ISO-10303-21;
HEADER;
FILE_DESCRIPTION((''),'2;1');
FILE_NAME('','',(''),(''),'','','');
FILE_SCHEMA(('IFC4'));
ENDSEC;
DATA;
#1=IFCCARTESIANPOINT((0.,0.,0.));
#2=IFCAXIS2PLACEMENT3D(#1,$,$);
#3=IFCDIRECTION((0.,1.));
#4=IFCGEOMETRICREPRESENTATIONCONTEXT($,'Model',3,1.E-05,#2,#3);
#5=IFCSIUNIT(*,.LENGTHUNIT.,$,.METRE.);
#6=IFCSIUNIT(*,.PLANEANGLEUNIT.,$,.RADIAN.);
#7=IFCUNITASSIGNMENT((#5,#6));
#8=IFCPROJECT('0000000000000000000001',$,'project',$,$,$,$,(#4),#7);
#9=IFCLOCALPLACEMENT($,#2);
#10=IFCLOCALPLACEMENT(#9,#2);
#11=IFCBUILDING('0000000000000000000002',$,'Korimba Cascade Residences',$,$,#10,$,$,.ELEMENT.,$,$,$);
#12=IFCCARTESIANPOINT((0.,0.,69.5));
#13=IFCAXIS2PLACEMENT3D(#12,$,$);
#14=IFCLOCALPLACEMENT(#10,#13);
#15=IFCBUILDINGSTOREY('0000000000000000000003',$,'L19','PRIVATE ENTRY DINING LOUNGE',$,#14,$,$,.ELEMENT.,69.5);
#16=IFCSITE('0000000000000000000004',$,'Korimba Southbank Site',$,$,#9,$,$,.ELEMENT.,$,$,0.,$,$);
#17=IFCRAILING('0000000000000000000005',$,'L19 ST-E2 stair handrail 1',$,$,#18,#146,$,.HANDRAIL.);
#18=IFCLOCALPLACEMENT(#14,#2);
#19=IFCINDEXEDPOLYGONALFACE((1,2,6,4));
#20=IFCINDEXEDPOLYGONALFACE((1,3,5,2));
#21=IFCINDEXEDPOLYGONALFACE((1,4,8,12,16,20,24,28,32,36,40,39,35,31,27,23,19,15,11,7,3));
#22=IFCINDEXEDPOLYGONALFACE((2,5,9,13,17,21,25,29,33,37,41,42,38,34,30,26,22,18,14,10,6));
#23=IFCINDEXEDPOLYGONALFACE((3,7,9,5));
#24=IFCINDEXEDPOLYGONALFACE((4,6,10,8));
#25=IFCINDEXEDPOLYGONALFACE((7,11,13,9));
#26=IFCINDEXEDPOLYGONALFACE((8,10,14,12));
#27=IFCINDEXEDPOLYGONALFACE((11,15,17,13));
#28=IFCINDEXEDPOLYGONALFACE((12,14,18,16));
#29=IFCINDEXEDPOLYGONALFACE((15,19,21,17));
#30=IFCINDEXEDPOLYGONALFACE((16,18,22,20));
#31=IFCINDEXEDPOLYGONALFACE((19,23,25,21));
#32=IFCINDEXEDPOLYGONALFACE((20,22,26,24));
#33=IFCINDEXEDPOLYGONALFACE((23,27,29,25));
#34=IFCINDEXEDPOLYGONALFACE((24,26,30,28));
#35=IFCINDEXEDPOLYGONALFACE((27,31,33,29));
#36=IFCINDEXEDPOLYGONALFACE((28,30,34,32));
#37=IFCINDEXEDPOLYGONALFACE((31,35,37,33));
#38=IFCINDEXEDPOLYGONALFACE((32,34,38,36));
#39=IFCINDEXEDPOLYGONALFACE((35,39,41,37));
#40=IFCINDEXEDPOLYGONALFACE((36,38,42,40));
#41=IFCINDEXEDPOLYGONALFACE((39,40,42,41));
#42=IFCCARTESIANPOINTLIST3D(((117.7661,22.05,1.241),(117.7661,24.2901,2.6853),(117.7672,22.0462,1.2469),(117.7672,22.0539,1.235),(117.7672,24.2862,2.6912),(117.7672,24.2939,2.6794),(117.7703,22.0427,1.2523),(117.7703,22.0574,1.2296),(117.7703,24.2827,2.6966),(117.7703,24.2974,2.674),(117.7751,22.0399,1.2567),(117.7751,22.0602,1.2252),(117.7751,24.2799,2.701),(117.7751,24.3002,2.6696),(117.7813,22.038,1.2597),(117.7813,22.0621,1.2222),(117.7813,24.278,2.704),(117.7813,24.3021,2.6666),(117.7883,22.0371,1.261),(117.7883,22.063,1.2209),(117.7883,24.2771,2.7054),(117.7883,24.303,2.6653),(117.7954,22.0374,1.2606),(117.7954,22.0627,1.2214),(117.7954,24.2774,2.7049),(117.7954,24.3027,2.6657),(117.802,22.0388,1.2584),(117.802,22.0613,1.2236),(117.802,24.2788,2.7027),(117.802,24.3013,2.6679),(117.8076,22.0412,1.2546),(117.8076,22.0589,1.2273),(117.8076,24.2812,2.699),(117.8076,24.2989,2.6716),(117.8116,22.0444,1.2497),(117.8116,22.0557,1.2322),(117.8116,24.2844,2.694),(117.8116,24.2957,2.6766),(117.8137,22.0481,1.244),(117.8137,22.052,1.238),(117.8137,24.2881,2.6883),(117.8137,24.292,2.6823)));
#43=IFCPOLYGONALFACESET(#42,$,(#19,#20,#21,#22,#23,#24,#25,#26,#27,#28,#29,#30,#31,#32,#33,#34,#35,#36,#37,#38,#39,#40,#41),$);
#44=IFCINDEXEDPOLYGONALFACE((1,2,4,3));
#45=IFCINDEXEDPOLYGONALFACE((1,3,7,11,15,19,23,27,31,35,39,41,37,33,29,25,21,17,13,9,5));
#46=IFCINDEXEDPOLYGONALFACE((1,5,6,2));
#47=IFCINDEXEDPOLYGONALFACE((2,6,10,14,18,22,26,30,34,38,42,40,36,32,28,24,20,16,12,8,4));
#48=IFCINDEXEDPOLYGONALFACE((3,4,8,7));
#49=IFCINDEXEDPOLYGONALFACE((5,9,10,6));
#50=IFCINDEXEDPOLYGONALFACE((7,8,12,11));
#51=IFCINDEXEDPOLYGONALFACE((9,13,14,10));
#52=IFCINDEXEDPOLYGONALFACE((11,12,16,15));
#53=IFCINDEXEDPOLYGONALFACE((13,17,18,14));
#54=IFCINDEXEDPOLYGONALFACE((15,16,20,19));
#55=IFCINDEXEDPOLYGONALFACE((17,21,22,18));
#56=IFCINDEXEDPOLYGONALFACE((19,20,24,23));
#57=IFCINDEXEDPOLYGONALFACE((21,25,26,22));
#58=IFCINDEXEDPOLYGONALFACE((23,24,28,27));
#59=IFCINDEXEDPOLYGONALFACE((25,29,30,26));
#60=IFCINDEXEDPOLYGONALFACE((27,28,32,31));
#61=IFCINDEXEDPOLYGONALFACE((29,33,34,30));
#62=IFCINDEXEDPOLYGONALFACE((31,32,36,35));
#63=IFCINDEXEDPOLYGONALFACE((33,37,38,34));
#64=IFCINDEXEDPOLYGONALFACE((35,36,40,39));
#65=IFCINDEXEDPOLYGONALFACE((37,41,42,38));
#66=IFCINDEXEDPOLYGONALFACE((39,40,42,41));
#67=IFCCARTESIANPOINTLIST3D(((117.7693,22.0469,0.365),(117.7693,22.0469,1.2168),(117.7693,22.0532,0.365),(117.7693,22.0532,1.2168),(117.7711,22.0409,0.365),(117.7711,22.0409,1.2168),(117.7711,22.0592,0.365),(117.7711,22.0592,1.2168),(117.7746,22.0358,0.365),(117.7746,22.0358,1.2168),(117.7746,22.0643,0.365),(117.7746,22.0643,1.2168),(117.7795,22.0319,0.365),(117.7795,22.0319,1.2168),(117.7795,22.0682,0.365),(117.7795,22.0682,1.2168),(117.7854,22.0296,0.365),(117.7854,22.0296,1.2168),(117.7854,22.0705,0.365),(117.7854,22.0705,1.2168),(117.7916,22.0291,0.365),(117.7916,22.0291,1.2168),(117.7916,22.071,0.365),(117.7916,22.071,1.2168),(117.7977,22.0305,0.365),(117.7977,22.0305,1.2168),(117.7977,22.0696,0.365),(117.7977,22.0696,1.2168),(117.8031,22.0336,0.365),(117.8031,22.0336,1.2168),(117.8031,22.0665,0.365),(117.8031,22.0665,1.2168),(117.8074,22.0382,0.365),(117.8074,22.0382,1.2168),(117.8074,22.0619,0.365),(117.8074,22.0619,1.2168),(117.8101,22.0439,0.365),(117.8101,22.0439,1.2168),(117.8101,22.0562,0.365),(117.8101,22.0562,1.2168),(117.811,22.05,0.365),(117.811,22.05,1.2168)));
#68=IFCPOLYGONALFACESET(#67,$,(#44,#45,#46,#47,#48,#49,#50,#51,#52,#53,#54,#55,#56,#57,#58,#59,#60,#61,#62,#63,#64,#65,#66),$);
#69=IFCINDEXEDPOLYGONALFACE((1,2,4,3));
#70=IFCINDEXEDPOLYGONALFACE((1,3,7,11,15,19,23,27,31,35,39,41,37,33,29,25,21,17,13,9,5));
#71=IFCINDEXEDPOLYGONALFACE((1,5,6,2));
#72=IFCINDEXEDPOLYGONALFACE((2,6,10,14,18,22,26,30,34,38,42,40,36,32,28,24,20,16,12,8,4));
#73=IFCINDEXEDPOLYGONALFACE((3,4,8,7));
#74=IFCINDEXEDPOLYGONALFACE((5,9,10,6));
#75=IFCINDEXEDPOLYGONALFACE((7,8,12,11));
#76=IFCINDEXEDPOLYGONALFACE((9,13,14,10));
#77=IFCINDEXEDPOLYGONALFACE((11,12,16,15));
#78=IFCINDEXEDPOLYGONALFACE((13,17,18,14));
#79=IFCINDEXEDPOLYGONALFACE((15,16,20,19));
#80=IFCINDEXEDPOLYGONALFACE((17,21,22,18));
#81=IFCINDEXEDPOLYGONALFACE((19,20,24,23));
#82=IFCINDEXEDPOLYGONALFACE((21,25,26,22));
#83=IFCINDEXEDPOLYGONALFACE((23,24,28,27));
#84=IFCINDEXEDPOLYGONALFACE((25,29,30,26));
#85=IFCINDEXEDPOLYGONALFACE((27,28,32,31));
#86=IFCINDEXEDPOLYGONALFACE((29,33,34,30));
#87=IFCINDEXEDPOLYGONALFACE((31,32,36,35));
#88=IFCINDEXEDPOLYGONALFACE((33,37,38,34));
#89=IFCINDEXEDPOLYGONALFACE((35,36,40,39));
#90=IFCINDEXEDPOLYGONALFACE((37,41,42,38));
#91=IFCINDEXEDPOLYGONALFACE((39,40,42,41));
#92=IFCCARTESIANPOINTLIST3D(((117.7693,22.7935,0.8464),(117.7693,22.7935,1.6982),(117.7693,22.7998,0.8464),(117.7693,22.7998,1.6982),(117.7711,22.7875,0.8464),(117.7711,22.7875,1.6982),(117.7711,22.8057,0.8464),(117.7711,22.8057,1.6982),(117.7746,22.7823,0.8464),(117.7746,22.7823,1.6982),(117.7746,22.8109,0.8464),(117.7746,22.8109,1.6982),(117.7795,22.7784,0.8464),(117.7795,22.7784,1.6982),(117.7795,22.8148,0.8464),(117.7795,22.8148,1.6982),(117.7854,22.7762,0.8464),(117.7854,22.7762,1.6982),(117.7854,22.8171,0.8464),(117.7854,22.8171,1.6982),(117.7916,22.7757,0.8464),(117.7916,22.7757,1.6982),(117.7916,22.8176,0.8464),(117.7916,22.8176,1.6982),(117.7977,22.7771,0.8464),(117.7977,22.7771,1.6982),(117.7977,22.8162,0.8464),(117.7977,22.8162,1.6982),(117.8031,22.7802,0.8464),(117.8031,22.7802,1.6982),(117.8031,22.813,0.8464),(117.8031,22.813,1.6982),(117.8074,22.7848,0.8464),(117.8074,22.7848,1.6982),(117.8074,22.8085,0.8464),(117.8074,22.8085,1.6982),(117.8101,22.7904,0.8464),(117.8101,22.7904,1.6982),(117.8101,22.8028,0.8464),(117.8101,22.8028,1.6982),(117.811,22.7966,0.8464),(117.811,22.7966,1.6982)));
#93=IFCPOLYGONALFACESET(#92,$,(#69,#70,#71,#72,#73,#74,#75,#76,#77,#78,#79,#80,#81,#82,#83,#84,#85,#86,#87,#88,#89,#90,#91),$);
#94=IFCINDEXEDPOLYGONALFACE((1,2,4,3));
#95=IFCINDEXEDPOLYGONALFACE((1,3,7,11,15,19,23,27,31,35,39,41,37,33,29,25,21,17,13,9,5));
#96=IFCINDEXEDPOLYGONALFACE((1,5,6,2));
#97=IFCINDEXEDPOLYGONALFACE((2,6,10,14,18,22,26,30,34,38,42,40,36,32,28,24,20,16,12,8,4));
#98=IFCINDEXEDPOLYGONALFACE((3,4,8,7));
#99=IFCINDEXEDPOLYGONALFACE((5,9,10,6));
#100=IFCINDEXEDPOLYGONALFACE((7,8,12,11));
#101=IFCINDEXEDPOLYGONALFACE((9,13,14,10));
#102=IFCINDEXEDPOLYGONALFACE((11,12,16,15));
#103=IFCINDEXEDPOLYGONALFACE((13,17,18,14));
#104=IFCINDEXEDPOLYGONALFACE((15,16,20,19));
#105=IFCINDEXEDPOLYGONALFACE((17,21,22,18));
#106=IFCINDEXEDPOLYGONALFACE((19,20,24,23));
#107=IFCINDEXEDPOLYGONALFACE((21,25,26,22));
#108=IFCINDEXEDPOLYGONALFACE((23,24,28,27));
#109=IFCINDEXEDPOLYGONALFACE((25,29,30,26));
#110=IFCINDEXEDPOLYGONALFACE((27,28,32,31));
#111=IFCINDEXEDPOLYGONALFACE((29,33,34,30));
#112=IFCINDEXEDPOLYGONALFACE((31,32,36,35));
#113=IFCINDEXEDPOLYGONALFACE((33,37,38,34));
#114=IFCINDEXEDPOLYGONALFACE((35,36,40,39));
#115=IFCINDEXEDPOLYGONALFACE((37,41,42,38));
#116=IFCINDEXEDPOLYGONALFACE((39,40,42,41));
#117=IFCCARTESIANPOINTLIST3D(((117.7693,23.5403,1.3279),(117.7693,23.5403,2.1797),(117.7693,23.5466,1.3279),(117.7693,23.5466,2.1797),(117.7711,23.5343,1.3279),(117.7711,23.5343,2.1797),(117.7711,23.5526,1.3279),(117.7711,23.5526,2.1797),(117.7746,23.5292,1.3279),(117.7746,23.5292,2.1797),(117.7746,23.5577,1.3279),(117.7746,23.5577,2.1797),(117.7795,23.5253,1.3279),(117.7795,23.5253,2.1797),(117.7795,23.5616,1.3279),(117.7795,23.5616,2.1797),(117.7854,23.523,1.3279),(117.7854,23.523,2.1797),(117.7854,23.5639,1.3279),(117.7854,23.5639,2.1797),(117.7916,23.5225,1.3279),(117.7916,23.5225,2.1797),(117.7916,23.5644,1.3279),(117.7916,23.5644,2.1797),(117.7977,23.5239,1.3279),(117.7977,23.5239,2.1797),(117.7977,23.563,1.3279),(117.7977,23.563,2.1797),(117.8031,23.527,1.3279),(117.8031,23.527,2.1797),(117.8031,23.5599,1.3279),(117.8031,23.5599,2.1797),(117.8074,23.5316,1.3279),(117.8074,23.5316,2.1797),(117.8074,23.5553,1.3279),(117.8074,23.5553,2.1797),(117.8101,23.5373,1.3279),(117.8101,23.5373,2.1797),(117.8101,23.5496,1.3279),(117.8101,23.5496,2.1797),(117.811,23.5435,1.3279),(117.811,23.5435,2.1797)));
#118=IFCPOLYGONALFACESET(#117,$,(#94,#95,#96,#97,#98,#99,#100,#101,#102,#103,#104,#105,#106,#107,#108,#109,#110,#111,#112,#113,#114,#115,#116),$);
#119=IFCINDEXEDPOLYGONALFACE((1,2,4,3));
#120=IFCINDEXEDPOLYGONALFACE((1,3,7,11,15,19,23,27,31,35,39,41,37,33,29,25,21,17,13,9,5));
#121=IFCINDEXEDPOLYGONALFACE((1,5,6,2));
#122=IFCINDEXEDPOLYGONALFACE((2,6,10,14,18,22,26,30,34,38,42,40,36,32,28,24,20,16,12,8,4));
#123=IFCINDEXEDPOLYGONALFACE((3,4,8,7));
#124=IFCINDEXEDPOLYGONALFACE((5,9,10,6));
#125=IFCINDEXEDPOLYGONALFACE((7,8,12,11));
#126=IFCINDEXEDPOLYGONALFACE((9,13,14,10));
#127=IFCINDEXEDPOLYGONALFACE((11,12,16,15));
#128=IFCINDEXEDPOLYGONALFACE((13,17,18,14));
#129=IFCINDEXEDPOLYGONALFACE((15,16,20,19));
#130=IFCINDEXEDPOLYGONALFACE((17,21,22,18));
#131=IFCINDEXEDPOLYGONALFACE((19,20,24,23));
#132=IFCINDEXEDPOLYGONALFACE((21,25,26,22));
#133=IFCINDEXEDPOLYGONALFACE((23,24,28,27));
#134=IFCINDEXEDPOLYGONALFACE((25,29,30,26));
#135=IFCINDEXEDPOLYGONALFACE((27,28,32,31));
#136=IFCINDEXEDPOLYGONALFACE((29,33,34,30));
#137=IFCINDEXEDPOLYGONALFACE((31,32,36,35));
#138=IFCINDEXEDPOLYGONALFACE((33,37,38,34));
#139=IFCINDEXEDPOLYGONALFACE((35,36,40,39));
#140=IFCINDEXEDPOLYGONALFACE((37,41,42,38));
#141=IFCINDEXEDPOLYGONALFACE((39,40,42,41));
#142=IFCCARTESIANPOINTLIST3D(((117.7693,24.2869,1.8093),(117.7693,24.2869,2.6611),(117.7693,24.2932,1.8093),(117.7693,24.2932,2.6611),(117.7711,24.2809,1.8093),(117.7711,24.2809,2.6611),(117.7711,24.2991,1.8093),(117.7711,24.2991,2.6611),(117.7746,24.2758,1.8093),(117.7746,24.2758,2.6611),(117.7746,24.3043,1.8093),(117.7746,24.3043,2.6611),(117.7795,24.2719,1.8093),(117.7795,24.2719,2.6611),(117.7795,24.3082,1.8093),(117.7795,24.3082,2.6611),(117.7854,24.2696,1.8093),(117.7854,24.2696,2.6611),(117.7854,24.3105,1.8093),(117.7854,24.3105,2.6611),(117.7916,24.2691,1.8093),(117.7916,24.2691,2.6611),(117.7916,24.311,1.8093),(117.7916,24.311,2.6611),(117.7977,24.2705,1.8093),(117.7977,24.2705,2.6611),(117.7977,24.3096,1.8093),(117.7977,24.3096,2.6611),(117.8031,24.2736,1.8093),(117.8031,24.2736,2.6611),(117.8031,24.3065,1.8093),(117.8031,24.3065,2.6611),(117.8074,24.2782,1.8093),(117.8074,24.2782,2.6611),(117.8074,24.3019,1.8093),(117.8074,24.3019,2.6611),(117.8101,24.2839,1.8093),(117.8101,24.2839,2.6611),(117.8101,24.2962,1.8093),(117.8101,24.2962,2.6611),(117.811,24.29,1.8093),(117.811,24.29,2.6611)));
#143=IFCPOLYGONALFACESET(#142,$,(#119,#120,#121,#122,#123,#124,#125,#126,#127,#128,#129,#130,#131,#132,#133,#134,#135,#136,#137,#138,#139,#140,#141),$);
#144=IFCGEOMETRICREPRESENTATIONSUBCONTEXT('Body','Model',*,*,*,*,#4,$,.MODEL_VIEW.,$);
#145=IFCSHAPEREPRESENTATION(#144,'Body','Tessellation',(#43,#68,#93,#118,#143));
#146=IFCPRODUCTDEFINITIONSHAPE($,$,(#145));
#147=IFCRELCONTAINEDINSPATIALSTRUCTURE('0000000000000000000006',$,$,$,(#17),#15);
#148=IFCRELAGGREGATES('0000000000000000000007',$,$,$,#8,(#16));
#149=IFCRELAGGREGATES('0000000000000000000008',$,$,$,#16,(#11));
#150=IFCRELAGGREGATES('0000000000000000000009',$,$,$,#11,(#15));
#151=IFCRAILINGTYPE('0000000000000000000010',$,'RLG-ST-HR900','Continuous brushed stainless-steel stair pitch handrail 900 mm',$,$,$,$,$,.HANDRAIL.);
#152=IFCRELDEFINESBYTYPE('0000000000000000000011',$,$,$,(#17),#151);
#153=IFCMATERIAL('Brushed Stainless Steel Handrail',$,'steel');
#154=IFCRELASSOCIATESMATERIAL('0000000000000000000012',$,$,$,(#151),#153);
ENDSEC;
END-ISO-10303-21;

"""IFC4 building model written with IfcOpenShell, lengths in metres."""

from ifc_helpers import new_model, si_unit, direction, frame, origin, origin_2d, place, context, subcontext, project, spatial, circle, extrude, material, type_object, element, save


model = new_model("IFC4")

# Units and contexts
model_context = context("Model", 3, precision=1e-05, world=origin(), true_north=direction((0.0, 1.0)))
body_context = subcontext(model_context, "Body", "Model", "MODEL_VIEW")
ifc_project = project(units=[si_unit("LENGTHUNIT", "METRE"), si_unit("PLANEANGLEUNIT", "RADIAN")], contexts=[model_context])

# Site, building, storey
site_placement = place(None, origin())
site = spatial("IfcSite", under=ifc_project, at=site_placement, Name="Korimba Southbank Site", CompositionType="ELEMENT", RefElevation=0.0)
building_placement = place(site_placement, origin())
building = spatial("IfcBuilding", under=site, at=building_placement, Name="Korimba Cascade Residences", CompositionType="ELEMENT")
storey_placement = place(building_placement, frame((0.0, 0.0, 69.5)))
storey = spatial("IfcBuildingStorey", under=building, at=storey_placement, Name="L19", Description="PRIVATE ENTRY DINING LOUNGE", CompositionType="ELEMENT", Elevation=69.5)

# Railing
ifc_material_1 = material(Name="Brushed Stainless Steel Handrail", Category="steel")
railing_type = type_object("IfcRailingType", Name="RLG-ST-HR900", Description="Continuous brushed stainless-steel stair pitch handrail 900 mm", PredefinedType="HANDRAIL", material=ifc_material_1)
railing_placement = place(storey_placement, frame((117.79, 22.05, 0.365)))
element("IfcRailing", 1, at=railing_placement, inside=storey, type_object=railing_type, Name="L19 ST-E2 stair handrail 1", PredefinedType="HANDRAIL", context=body_context, shape_type="SweptSolid", body=[
    extrude(circle(Radius=0.0239, at=origin_2d()), frame((0.0, 0.0, 0.876), z_axis=(0.0, 0.840437, 0.54191), x_axis=(-1.0, 0.0, 0.0)), (0.0, 0.0, 1.0), 2.6653),
    extrude(circle(Radius=0.021, at=origin_2d()), origin(), (0.0, 0.0, 1.0), 0.8518),
    extrude(circle(Radius=0.021, at=origin_2d()), frame((0.0, 0.7466, 0.4814)), (0.0, 0.0, 1.0), 0.8518),
    extrude(circle(Radius=0.021, at=origin_2d()), frame((0.0, 1.4934, 0.9629)), (0.0, 0.0, 1.0), 0.8518),
    extrude(circle(Radius=0.021, at=origin_2d()), frame((0.0, 2.24, 1.4443)), (0.0, 0.0, 1.0), 0.8518),
])

save(model, "model.ifc")
